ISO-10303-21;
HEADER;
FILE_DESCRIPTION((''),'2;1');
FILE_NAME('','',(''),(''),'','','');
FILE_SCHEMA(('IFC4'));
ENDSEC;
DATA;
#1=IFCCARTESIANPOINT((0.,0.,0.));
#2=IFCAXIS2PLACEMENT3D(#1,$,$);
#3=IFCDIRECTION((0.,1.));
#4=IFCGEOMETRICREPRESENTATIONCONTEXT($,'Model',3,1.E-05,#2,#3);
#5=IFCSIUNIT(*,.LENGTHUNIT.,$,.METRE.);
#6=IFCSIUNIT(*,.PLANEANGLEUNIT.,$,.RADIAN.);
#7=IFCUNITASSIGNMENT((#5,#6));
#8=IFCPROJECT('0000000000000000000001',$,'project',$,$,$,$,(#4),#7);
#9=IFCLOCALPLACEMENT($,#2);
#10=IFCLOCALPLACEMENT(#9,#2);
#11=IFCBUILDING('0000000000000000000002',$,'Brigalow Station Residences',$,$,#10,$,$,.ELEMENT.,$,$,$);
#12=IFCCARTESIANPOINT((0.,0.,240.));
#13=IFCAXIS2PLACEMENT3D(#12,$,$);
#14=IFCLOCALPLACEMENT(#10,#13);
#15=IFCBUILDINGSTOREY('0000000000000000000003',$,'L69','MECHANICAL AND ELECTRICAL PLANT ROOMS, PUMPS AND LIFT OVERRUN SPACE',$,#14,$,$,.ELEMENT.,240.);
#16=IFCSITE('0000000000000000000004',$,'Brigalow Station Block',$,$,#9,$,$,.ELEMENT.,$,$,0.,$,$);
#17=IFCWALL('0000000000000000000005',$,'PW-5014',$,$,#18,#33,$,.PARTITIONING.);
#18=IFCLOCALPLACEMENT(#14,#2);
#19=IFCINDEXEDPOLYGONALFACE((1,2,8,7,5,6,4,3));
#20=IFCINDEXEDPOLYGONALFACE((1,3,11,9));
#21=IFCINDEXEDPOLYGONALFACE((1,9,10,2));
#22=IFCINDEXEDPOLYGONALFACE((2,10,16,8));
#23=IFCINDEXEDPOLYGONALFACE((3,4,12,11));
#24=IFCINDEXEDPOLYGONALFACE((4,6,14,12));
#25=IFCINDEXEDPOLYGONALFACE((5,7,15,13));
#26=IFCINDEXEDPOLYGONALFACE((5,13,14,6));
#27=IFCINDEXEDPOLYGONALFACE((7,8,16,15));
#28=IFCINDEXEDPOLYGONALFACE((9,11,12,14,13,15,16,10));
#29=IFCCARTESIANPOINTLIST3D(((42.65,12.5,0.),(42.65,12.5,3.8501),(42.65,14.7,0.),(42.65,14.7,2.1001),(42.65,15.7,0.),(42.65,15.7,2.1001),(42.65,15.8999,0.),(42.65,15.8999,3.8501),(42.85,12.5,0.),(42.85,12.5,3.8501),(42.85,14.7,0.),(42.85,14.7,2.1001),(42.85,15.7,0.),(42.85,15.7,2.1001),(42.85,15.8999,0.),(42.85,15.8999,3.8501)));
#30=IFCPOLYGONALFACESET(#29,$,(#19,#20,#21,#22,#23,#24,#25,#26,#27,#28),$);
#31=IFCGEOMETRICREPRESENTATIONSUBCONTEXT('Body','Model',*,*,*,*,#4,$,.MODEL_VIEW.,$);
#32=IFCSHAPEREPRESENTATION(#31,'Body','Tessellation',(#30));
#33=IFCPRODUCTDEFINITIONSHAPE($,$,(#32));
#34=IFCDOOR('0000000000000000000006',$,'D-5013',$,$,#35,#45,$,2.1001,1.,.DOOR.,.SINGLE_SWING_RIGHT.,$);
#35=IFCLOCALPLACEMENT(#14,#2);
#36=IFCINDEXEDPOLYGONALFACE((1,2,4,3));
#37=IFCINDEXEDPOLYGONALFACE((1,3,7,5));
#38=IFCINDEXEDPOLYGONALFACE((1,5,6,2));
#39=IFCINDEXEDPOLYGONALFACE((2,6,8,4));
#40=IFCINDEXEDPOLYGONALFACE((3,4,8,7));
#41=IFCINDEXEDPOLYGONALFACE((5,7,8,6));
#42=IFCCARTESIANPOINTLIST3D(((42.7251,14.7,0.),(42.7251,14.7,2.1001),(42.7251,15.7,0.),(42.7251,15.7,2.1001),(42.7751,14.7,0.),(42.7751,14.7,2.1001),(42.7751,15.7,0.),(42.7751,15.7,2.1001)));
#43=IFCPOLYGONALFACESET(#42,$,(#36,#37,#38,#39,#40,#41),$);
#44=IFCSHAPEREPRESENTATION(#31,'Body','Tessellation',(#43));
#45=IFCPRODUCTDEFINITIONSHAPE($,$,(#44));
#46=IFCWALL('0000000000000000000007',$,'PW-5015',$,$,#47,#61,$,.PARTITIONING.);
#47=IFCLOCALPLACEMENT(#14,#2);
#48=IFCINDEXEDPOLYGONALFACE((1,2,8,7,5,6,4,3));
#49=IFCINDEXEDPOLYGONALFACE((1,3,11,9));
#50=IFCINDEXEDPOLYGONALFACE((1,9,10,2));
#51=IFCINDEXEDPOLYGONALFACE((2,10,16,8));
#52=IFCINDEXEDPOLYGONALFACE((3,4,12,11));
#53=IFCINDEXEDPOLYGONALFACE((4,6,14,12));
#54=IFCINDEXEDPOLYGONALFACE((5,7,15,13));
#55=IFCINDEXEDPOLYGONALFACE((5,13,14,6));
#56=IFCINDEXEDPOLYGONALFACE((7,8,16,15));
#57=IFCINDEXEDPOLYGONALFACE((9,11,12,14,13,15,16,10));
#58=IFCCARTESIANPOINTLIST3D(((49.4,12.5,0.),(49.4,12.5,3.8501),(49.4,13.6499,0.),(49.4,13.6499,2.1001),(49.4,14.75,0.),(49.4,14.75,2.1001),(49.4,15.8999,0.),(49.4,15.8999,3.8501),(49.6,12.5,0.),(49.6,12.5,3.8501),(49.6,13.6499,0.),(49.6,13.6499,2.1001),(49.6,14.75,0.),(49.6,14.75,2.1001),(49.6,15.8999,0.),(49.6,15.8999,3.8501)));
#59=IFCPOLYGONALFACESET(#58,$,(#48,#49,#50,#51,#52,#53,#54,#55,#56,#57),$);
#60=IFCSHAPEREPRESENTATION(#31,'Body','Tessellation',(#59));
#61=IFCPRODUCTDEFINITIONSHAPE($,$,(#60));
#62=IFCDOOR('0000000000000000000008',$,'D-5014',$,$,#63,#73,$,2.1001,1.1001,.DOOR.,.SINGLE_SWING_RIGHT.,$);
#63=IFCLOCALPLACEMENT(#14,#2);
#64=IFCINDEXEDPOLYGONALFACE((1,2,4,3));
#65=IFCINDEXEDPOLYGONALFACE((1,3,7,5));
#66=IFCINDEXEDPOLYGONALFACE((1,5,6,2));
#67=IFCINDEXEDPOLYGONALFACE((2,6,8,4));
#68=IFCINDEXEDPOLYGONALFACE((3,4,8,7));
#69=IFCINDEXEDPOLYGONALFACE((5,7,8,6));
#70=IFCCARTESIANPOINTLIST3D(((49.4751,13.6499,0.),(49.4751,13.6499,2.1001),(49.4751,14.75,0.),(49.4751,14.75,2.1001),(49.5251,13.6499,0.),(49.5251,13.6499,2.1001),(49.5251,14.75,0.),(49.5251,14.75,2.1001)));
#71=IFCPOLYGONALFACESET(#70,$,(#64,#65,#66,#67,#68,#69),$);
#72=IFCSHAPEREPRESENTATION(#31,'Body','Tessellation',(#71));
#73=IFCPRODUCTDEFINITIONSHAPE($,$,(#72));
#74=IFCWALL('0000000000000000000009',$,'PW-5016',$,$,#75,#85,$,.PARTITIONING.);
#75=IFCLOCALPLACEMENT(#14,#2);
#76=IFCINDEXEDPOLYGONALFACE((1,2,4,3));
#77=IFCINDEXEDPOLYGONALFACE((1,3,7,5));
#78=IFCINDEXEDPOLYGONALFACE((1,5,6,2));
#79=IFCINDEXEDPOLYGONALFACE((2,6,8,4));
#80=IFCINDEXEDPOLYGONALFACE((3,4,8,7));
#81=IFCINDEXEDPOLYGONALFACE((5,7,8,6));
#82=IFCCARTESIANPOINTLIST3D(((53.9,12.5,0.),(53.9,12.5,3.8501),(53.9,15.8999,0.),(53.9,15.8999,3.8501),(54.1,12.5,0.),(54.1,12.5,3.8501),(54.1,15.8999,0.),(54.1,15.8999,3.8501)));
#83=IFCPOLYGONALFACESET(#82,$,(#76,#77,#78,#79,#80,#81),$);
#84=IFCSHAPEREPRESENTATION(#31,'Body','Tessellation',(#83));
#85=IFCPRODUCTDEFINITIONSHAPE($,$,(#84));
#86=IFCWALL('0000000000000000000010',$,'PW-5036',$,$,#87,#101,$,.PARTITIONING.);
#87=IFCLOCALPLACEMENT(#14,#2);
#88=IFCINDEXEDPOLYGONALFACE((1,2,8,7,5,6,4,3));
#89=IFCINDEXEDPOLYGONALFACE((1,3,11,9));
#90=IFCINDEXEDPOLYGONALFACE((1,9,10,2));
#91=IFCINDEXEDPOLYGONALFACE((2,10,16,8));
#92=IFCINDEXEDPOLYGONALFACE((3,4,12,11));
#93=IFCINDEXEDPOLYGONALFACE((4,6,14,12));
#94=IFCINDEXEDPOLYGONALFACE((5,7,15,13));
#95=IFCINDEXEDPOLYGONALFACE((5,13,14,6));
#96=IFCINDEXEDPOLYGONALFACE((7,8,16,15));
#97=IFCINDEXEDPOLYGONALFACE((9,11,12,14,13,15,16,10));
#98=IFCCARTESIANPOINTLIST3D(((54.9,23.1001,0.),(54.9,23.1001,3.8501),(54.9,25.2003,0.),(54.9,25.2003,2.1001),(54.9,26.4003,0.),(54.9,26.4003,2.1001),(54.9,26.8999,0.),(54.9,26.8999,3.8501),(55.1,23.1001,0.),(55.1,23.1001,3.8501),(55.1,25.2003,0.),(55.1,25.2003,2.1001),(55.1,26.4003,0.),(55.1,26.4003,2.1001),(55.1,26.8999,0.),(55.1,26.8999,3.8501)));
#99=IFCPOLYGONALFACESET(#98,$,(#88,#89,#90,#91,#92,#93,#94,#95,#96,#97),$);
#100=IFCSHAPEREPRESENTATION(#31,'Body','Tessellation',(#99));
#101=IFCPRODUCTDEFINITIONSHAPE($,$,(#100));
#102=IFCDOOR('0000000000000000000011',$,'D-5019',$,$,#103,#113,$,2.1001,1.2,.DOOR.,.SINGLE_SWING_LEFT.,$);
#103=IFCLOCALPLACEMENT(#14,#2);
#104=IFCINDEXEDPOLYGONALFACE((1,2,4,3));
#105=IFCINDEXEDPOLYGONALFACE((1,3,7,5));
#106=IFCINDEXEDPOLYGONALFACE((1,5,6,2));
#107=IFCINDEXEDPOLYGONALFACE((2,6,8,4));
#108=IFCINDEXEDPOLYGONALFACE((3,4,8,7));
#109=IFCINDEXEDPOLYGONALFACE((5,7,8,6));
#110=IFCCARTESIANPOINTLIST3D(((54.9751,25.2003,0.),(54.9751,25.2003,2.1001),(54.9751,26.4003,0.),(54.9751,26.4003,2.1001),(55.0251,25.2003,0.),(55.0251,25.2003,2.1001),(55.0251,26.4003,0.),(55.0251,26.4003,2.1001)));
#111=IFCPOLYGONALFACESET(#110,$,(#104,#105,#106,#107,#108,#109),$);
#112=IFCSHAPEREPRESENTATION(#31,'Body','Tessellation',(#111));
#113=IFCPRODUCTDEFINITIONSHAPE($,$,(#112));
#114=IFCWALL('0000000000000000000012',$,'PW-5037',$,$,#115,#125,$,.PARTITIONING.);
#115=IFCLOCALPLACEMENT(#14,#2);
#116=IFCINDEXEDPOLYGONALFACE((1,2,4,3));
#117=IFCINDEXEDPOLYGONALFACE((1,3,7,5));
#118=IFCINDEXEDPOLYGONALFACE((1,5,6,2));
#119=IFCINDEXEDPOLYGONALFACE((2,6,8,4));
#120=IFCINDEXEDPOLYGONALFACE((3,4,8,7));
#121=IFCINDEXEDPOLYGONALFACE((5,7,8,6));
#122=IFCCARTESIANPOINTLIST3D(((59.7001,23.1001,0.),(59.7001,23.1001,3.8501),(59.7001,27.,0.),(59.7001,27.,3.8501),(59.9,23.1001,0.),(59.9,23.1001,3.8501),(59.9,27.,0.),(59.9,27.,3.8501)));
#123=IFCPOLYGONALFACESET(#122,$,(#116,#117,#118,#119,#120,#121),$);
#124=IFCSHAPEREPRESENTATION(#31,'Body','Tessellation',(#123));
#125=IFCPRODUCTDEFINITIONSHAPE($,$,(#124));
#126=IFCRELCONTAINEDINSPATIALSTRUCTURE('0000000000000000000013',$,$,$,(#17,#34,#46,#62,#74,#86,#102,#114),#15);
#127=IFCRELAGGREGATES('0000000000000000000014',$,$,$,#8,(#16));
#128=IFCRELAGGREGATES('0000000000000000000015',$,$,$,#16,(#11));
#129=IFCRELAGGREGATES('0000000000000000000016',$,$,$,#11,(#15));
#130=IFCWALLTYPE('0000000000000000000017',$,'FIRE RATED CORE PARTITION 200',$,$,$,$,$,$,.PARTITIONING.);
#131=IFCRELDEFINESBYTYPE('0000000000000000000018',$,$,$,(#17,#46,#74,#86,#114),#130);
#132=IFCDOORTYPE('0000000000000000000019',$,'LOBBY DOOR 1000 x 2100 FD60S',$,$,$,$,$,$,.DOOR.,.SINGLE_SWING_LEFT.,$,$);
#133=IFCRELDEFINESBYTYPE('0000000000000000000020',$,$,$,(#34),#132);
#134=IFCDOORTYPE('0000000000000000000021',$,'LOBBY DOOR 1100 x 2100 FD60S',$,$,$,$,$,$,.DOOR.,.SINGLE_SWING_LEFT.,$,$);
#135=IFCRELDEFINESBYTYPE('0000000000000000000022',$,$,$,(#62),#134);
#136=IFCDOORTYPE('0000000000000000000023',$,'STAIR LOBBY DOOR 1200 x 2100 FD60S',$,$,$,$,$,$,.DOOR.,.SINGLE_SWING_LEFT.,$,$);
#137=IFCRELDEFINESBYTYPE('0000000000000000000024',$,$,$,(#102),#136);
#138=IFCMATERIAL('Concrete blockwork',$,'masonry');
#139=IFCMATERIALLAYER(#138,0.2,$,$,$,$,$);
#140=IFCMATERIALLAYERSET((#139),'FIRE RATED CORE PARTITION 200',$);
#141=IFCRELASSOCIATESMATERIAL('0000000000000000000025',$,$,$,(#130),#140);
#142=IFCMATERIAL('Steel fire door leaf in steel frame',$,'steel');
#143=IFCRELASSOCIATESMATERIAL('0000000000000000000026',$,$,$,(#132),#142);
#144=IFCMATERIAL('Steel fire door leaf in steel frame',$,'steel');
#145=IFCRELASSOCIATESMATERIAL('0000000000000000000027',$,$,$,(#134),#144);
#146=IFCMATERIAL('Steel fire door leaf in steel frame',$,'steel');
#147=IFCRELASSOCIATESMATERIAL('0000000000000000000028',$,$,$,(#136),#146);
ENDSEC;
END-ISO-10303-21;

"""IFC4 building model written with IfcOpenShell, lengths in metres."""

from ifc_helpers import new_model, si_unit, direction, frame, frame_2d, origin, place, context, subcontext, project, spatial, rectangle, extrude, material, layer, layer_set, type_object, element, fill, save


model = new_model("IFC4")

# Units and contexts
model_context = context("Model", 3, precision=1e-05, world=origin(), true_north=direction((0.0, 1.0)))
body_context = subcontext(model_context, "Body", "Model", "MODEL_VIEW")
ifc_project = project(units=[si_unit("LENGTHUNIT", "METRE"), si_unit("PLANEANGLEUNIT", "RADIAN")], contexts=[model_context])

# Site, building, storey
site_placement = place(None, origin())
site = spatial("IfcSite", under=ifc_project, at=site_placement, Name="Brigalow Station Block", CompositionType="ELEMENT", RefElevation=0.0)
building_placement = place(site_placement, origin())
building = spatial("IfcBuilding", under=site, at=building_placement, Name="Brigalow Station Residences", CompositionType="ELEMENT")
storey_placement = place(building_placement, frame((0.0, 0.0, 240.0)))
storey = spatial("IfcBuildingStorey", under=building, at=storey_placement, Name="L69", Description="MECHANICAL AND ELECTRICAL PLANT ROOMS, PUMPS AND LIFT OVERRUN SPACE", CompositionType="ELEMENT", Elevation=240.0)

# Shared definitions
ifc_material_1 = material(Name="Concrete blockwork", Category="masonry")
ifc_layer_1 = layer(ifc_material_1, 0.2)
ifc_layer_set_1 = layer_set([ifc_layer_1], Name="FIRE RATED CORE PARTITION 200")
wall_type_1 = type_object("IfcWallType", Name="FIRE RATED CORE PARTITION 200", PredefinedType="PARTITIONING", material=ifc_layer_set_1)

# Walls, openings, doors
wall_1_placement = place(storey_placement, frame((42.75, 12.5, 0.0), z_axis=(0.0, 0.0, 1.0), x_axis=(0.0, 1.0, 0.0)))
wall_1 = element("IfcWall", 1, at=wall_1_placement, inside=storey, type_object=wall_type_1, Name="PW-5014", PredefinedType="PARTITIONING", context=body_context, shape_type="SweptSolid", body=[
    extrude(rectangle(XDim=3.3999, YDim=0.2, at=frame_2d((1.7, 0.0))), origin(), (0.0, 0.0, 1.0), 3.8501),
])
opening_1_placement = place(wall_1_placement, frame((2.2, 0.0, 0.0)))
opening_1 = element("IfcOpeningElement", 2, at=opening_1_placement, cuts=wall_1, PredefinedType="OPENING", context=body_context, shape_type="SweptSolid", body=[
    extrude(rectangle(XDim=1.0, YDim=2.1001, at=frame_2d((0.5, 1.05))), frame((0.0, 0.1099, 0.0), z_axis=(0.0, -1.0, 0.0), x_axis=(1.0, 0.0, 0.0)), (0.0, 0.0, 1.0), 0.22),
])
ifc_material_2 = material(Name="Steel fire door leaf in steel frame", Category="steel")
door_type_1 = type_object("IfcDoorType", Name="LOBBY DOOR 1000 x 2100 FD60S", OperationType="SINGLE_SWING_LEFT", PredefinedType="DOOR", material=ifc_material_2)
door_1_placement = place(opening_1_placement, origin())
door_1 = element("IfcDoor", 3, at=door_1_placement, inside=storey, type_object=door_type_1, Name="D-5013", OperationType="SINGLE_SWING_RIGHT", OverallHeight=2.1001, OverallWidth=1.0, PredefinedType="DOOR", context=body_context, shape_type="SweptSolid", body=[
    extrude(rectangle(XDim=1.0, YDim=2.1001, at=frame_2d((0.5, 1.05))), frame((0.0, 0.0249, 0.0), z_axis=(0.0, -1.0, 0.0), x_axis=(1.0, 0.0, 0.0)), (0.0, 0.0, 1.0), 0.05),
])
fill(opening_1, door_1)
wall_2_placement = place(storey_placement, frame((49.5, 12.5, 0.0), z_axis=(0.0, 0.0, 1.0), x_axis=(0.0, 1.0, 0.0)))
wall_2 = element("IfcWall", 4, at=wall_2_placement, inside=storey, type_object=wall_type_1, Name="PW-5015", PredefinedType="PARTITIONING", context=body_context, shape_type="SweptSolid", body=[
    extrude(rectangle(XDim=3.3999, YDim=0.2, at=frame_2d((1.7, 0.0))), origin(), (0.0, 0.0, 1.0), 3.8501),
])
opening_2_placement = place(wall_2_placement, frame((1.1499, 0.0, 0.0)))
opening_2 = element("IfcOpeningElement", 5, at=opening_2_placement, cuts=wall_2, PredefinedType="OPENING", context=body_context, shape_type="SweptSolid", body=[
    extrude(rectangle(XDim=1.1001, YDim=2.1001, at=frame_2d((0.55, 1.05))), frame((0.0, 0.1099, 0.0), z_axis=(0.0, -1.0, 0.0), x_axis=(1.0, 0.0, 0.0)), (0.0, 0.0, 1.0), 0.22),
])
ifc_material_3 = material(Name="Steel fire door leaf in steel frame", Category="steel")
door_type_2 = type_object("IfcDoorType", Name="LOBBY DOOR 1100 x 2100 FD60S", OperationType="SINGLE_SWING_LEFT", PredefinedType="DOOR", material=ifc_material_3)
door_2_placement = place(opening_2_placement, origin())
door_2 = element("IfcDoor", 6, at=door_2_placement, inside=storey, type_object=door_type_2, Name="D-5014", OperationType="SINGLE_SWING_RIGHT", OverallHeight=2.1001, OverallWidth=1.1001, PredefinedType="DOOR", context=body_context, shape_type="SweptSolid", body=[
    extrude(rectangle(XDim=1.1001, YDim=2.1001, at=frame_2d((0.55, 1.05))), frame((0.0, 0.0249, 0.0), z_axis=(0.0, -1.0, 0.0), x_axis=(1.0, 0.0, 0.0)), (0.0, 0.0, 1.0), 0.05),
])
fill(opening_2, door_2)

# Wall
wall_3_placement = place(storey_placement, frame((54.0, 12.5, 0.0), z_axis=(0.0, 0.0, 1.0), x_axis=(0.0, 1.0, 0.0)))
element("IfcWall", 7, at=wall_3_placement, inside=storey, type_object=wall_type_1, Name="PW-5016", PredefinedType="PARTITIONING", context=body_context, shape_type="SweptSolid", body=[
    extrude(rectangle(XDim=3.3999, YDim=0.2, at=frame_2d((1.7, 0.0))), origin(), (0.0, 0.0, 1.0), 3.8501),
])

# Wall, opening, door
wall_4_placement = place(storey_placement, frame((55.0, 23.1001, 0.0), z_axis=(0.0, 0.0, 1.0), x_axis=(0.0, 1.0, 0.0)))
wall_4 = element("IfcWall", 8, at=wall_4_placement, inside=storey, type_object=wall_type_1, Name="PW-5036", PredefinedType="PARTITIONING", context=body_context, shape_type="SweptSolid", body=[
    extrude(rectangle(XDim=3.7998, YDim=0.2, at=frame_2d((1.8999, 0.0))), origin(), (0.0, 0.0, 1.0), 3.8501),
])
opening_3_placement = place(wall_4_placement, frame((2.1001, 0.0, 0.0)))
opening_3 = element("IfcOpeningElement", 9, at=opening_3_placement, cuts=wall_4, PredefinedType="OPENING", context=body_context, shape_type="SweptSolid", body=[
    extrude(rectangle(XDim=1.2, YDim=2.1001, at=frame_2d((0.6001, 1.05))), frame((0.0, 0.1099, 0.0), z_axis=(0.0, -1.0, 0.0), x_axis=(1.0, 0.0, 0.0)), (0.0, 0.0, 1.0), 0.22),
])
ifc_material_4 = material(Name="Steel fire door leaf in steel frame", Category="steel")
door_type_3 = type_object("IfcDoorType", Name="STAIR LOBBY DOOR 1200 x 2100 FD60S", OperationType="SINGLE_SWING_LEFT", PredefinedType="DOOR", material=ifc_material_4)
door_3_placement = place(opening_3_placement, origin())
door_3 = element("IfcDoor", 10, at=door_3_placement, inside=storey, type_object=door_type_3, Name="D-5019", OperationType="SINGLE_SWING_LEFT", OverallHeight=2.1001, OverallWidth=1.2, PredefinedType="DOOR", context=body_context, shape_type="SweptSolid", body=[
    extrude(rectangle(XDim=1.2, YDim=2.1001, at=frame_2d((0.6001, 1.05))), frame((0.0, 0.0249, 0.0), z_axis=(0.0, -1.0, 0.0), x_axis=(1.0, 0.0, 0.0)), (0.0, 0.0, 1.0), 0.05),
])
fill(opening_3, door_3)

# Wall
wall_5_placement = place(storey_placement, frame((59.8, 23.1001, 0.0), z_axis=(0.0, 0.0, 1.0), x_axis=(0.0, 1.0, 0.0)))
element("IfcWall", 11, at=wall_5_placement, inside=storey, type_object=wall_type_1, Name="PW-5037", PredefinedType="PARTITIONING", context=body_context, shape_type="SweptSolid", body=[
    extrude(rectangle(XDim=3.8999, YDim=0.2, at=frame_2d((1.95, 0.0))), origin(), (0.0, 0.0, 1.0), 3.8501),
])

save(model, "model.ifc")
